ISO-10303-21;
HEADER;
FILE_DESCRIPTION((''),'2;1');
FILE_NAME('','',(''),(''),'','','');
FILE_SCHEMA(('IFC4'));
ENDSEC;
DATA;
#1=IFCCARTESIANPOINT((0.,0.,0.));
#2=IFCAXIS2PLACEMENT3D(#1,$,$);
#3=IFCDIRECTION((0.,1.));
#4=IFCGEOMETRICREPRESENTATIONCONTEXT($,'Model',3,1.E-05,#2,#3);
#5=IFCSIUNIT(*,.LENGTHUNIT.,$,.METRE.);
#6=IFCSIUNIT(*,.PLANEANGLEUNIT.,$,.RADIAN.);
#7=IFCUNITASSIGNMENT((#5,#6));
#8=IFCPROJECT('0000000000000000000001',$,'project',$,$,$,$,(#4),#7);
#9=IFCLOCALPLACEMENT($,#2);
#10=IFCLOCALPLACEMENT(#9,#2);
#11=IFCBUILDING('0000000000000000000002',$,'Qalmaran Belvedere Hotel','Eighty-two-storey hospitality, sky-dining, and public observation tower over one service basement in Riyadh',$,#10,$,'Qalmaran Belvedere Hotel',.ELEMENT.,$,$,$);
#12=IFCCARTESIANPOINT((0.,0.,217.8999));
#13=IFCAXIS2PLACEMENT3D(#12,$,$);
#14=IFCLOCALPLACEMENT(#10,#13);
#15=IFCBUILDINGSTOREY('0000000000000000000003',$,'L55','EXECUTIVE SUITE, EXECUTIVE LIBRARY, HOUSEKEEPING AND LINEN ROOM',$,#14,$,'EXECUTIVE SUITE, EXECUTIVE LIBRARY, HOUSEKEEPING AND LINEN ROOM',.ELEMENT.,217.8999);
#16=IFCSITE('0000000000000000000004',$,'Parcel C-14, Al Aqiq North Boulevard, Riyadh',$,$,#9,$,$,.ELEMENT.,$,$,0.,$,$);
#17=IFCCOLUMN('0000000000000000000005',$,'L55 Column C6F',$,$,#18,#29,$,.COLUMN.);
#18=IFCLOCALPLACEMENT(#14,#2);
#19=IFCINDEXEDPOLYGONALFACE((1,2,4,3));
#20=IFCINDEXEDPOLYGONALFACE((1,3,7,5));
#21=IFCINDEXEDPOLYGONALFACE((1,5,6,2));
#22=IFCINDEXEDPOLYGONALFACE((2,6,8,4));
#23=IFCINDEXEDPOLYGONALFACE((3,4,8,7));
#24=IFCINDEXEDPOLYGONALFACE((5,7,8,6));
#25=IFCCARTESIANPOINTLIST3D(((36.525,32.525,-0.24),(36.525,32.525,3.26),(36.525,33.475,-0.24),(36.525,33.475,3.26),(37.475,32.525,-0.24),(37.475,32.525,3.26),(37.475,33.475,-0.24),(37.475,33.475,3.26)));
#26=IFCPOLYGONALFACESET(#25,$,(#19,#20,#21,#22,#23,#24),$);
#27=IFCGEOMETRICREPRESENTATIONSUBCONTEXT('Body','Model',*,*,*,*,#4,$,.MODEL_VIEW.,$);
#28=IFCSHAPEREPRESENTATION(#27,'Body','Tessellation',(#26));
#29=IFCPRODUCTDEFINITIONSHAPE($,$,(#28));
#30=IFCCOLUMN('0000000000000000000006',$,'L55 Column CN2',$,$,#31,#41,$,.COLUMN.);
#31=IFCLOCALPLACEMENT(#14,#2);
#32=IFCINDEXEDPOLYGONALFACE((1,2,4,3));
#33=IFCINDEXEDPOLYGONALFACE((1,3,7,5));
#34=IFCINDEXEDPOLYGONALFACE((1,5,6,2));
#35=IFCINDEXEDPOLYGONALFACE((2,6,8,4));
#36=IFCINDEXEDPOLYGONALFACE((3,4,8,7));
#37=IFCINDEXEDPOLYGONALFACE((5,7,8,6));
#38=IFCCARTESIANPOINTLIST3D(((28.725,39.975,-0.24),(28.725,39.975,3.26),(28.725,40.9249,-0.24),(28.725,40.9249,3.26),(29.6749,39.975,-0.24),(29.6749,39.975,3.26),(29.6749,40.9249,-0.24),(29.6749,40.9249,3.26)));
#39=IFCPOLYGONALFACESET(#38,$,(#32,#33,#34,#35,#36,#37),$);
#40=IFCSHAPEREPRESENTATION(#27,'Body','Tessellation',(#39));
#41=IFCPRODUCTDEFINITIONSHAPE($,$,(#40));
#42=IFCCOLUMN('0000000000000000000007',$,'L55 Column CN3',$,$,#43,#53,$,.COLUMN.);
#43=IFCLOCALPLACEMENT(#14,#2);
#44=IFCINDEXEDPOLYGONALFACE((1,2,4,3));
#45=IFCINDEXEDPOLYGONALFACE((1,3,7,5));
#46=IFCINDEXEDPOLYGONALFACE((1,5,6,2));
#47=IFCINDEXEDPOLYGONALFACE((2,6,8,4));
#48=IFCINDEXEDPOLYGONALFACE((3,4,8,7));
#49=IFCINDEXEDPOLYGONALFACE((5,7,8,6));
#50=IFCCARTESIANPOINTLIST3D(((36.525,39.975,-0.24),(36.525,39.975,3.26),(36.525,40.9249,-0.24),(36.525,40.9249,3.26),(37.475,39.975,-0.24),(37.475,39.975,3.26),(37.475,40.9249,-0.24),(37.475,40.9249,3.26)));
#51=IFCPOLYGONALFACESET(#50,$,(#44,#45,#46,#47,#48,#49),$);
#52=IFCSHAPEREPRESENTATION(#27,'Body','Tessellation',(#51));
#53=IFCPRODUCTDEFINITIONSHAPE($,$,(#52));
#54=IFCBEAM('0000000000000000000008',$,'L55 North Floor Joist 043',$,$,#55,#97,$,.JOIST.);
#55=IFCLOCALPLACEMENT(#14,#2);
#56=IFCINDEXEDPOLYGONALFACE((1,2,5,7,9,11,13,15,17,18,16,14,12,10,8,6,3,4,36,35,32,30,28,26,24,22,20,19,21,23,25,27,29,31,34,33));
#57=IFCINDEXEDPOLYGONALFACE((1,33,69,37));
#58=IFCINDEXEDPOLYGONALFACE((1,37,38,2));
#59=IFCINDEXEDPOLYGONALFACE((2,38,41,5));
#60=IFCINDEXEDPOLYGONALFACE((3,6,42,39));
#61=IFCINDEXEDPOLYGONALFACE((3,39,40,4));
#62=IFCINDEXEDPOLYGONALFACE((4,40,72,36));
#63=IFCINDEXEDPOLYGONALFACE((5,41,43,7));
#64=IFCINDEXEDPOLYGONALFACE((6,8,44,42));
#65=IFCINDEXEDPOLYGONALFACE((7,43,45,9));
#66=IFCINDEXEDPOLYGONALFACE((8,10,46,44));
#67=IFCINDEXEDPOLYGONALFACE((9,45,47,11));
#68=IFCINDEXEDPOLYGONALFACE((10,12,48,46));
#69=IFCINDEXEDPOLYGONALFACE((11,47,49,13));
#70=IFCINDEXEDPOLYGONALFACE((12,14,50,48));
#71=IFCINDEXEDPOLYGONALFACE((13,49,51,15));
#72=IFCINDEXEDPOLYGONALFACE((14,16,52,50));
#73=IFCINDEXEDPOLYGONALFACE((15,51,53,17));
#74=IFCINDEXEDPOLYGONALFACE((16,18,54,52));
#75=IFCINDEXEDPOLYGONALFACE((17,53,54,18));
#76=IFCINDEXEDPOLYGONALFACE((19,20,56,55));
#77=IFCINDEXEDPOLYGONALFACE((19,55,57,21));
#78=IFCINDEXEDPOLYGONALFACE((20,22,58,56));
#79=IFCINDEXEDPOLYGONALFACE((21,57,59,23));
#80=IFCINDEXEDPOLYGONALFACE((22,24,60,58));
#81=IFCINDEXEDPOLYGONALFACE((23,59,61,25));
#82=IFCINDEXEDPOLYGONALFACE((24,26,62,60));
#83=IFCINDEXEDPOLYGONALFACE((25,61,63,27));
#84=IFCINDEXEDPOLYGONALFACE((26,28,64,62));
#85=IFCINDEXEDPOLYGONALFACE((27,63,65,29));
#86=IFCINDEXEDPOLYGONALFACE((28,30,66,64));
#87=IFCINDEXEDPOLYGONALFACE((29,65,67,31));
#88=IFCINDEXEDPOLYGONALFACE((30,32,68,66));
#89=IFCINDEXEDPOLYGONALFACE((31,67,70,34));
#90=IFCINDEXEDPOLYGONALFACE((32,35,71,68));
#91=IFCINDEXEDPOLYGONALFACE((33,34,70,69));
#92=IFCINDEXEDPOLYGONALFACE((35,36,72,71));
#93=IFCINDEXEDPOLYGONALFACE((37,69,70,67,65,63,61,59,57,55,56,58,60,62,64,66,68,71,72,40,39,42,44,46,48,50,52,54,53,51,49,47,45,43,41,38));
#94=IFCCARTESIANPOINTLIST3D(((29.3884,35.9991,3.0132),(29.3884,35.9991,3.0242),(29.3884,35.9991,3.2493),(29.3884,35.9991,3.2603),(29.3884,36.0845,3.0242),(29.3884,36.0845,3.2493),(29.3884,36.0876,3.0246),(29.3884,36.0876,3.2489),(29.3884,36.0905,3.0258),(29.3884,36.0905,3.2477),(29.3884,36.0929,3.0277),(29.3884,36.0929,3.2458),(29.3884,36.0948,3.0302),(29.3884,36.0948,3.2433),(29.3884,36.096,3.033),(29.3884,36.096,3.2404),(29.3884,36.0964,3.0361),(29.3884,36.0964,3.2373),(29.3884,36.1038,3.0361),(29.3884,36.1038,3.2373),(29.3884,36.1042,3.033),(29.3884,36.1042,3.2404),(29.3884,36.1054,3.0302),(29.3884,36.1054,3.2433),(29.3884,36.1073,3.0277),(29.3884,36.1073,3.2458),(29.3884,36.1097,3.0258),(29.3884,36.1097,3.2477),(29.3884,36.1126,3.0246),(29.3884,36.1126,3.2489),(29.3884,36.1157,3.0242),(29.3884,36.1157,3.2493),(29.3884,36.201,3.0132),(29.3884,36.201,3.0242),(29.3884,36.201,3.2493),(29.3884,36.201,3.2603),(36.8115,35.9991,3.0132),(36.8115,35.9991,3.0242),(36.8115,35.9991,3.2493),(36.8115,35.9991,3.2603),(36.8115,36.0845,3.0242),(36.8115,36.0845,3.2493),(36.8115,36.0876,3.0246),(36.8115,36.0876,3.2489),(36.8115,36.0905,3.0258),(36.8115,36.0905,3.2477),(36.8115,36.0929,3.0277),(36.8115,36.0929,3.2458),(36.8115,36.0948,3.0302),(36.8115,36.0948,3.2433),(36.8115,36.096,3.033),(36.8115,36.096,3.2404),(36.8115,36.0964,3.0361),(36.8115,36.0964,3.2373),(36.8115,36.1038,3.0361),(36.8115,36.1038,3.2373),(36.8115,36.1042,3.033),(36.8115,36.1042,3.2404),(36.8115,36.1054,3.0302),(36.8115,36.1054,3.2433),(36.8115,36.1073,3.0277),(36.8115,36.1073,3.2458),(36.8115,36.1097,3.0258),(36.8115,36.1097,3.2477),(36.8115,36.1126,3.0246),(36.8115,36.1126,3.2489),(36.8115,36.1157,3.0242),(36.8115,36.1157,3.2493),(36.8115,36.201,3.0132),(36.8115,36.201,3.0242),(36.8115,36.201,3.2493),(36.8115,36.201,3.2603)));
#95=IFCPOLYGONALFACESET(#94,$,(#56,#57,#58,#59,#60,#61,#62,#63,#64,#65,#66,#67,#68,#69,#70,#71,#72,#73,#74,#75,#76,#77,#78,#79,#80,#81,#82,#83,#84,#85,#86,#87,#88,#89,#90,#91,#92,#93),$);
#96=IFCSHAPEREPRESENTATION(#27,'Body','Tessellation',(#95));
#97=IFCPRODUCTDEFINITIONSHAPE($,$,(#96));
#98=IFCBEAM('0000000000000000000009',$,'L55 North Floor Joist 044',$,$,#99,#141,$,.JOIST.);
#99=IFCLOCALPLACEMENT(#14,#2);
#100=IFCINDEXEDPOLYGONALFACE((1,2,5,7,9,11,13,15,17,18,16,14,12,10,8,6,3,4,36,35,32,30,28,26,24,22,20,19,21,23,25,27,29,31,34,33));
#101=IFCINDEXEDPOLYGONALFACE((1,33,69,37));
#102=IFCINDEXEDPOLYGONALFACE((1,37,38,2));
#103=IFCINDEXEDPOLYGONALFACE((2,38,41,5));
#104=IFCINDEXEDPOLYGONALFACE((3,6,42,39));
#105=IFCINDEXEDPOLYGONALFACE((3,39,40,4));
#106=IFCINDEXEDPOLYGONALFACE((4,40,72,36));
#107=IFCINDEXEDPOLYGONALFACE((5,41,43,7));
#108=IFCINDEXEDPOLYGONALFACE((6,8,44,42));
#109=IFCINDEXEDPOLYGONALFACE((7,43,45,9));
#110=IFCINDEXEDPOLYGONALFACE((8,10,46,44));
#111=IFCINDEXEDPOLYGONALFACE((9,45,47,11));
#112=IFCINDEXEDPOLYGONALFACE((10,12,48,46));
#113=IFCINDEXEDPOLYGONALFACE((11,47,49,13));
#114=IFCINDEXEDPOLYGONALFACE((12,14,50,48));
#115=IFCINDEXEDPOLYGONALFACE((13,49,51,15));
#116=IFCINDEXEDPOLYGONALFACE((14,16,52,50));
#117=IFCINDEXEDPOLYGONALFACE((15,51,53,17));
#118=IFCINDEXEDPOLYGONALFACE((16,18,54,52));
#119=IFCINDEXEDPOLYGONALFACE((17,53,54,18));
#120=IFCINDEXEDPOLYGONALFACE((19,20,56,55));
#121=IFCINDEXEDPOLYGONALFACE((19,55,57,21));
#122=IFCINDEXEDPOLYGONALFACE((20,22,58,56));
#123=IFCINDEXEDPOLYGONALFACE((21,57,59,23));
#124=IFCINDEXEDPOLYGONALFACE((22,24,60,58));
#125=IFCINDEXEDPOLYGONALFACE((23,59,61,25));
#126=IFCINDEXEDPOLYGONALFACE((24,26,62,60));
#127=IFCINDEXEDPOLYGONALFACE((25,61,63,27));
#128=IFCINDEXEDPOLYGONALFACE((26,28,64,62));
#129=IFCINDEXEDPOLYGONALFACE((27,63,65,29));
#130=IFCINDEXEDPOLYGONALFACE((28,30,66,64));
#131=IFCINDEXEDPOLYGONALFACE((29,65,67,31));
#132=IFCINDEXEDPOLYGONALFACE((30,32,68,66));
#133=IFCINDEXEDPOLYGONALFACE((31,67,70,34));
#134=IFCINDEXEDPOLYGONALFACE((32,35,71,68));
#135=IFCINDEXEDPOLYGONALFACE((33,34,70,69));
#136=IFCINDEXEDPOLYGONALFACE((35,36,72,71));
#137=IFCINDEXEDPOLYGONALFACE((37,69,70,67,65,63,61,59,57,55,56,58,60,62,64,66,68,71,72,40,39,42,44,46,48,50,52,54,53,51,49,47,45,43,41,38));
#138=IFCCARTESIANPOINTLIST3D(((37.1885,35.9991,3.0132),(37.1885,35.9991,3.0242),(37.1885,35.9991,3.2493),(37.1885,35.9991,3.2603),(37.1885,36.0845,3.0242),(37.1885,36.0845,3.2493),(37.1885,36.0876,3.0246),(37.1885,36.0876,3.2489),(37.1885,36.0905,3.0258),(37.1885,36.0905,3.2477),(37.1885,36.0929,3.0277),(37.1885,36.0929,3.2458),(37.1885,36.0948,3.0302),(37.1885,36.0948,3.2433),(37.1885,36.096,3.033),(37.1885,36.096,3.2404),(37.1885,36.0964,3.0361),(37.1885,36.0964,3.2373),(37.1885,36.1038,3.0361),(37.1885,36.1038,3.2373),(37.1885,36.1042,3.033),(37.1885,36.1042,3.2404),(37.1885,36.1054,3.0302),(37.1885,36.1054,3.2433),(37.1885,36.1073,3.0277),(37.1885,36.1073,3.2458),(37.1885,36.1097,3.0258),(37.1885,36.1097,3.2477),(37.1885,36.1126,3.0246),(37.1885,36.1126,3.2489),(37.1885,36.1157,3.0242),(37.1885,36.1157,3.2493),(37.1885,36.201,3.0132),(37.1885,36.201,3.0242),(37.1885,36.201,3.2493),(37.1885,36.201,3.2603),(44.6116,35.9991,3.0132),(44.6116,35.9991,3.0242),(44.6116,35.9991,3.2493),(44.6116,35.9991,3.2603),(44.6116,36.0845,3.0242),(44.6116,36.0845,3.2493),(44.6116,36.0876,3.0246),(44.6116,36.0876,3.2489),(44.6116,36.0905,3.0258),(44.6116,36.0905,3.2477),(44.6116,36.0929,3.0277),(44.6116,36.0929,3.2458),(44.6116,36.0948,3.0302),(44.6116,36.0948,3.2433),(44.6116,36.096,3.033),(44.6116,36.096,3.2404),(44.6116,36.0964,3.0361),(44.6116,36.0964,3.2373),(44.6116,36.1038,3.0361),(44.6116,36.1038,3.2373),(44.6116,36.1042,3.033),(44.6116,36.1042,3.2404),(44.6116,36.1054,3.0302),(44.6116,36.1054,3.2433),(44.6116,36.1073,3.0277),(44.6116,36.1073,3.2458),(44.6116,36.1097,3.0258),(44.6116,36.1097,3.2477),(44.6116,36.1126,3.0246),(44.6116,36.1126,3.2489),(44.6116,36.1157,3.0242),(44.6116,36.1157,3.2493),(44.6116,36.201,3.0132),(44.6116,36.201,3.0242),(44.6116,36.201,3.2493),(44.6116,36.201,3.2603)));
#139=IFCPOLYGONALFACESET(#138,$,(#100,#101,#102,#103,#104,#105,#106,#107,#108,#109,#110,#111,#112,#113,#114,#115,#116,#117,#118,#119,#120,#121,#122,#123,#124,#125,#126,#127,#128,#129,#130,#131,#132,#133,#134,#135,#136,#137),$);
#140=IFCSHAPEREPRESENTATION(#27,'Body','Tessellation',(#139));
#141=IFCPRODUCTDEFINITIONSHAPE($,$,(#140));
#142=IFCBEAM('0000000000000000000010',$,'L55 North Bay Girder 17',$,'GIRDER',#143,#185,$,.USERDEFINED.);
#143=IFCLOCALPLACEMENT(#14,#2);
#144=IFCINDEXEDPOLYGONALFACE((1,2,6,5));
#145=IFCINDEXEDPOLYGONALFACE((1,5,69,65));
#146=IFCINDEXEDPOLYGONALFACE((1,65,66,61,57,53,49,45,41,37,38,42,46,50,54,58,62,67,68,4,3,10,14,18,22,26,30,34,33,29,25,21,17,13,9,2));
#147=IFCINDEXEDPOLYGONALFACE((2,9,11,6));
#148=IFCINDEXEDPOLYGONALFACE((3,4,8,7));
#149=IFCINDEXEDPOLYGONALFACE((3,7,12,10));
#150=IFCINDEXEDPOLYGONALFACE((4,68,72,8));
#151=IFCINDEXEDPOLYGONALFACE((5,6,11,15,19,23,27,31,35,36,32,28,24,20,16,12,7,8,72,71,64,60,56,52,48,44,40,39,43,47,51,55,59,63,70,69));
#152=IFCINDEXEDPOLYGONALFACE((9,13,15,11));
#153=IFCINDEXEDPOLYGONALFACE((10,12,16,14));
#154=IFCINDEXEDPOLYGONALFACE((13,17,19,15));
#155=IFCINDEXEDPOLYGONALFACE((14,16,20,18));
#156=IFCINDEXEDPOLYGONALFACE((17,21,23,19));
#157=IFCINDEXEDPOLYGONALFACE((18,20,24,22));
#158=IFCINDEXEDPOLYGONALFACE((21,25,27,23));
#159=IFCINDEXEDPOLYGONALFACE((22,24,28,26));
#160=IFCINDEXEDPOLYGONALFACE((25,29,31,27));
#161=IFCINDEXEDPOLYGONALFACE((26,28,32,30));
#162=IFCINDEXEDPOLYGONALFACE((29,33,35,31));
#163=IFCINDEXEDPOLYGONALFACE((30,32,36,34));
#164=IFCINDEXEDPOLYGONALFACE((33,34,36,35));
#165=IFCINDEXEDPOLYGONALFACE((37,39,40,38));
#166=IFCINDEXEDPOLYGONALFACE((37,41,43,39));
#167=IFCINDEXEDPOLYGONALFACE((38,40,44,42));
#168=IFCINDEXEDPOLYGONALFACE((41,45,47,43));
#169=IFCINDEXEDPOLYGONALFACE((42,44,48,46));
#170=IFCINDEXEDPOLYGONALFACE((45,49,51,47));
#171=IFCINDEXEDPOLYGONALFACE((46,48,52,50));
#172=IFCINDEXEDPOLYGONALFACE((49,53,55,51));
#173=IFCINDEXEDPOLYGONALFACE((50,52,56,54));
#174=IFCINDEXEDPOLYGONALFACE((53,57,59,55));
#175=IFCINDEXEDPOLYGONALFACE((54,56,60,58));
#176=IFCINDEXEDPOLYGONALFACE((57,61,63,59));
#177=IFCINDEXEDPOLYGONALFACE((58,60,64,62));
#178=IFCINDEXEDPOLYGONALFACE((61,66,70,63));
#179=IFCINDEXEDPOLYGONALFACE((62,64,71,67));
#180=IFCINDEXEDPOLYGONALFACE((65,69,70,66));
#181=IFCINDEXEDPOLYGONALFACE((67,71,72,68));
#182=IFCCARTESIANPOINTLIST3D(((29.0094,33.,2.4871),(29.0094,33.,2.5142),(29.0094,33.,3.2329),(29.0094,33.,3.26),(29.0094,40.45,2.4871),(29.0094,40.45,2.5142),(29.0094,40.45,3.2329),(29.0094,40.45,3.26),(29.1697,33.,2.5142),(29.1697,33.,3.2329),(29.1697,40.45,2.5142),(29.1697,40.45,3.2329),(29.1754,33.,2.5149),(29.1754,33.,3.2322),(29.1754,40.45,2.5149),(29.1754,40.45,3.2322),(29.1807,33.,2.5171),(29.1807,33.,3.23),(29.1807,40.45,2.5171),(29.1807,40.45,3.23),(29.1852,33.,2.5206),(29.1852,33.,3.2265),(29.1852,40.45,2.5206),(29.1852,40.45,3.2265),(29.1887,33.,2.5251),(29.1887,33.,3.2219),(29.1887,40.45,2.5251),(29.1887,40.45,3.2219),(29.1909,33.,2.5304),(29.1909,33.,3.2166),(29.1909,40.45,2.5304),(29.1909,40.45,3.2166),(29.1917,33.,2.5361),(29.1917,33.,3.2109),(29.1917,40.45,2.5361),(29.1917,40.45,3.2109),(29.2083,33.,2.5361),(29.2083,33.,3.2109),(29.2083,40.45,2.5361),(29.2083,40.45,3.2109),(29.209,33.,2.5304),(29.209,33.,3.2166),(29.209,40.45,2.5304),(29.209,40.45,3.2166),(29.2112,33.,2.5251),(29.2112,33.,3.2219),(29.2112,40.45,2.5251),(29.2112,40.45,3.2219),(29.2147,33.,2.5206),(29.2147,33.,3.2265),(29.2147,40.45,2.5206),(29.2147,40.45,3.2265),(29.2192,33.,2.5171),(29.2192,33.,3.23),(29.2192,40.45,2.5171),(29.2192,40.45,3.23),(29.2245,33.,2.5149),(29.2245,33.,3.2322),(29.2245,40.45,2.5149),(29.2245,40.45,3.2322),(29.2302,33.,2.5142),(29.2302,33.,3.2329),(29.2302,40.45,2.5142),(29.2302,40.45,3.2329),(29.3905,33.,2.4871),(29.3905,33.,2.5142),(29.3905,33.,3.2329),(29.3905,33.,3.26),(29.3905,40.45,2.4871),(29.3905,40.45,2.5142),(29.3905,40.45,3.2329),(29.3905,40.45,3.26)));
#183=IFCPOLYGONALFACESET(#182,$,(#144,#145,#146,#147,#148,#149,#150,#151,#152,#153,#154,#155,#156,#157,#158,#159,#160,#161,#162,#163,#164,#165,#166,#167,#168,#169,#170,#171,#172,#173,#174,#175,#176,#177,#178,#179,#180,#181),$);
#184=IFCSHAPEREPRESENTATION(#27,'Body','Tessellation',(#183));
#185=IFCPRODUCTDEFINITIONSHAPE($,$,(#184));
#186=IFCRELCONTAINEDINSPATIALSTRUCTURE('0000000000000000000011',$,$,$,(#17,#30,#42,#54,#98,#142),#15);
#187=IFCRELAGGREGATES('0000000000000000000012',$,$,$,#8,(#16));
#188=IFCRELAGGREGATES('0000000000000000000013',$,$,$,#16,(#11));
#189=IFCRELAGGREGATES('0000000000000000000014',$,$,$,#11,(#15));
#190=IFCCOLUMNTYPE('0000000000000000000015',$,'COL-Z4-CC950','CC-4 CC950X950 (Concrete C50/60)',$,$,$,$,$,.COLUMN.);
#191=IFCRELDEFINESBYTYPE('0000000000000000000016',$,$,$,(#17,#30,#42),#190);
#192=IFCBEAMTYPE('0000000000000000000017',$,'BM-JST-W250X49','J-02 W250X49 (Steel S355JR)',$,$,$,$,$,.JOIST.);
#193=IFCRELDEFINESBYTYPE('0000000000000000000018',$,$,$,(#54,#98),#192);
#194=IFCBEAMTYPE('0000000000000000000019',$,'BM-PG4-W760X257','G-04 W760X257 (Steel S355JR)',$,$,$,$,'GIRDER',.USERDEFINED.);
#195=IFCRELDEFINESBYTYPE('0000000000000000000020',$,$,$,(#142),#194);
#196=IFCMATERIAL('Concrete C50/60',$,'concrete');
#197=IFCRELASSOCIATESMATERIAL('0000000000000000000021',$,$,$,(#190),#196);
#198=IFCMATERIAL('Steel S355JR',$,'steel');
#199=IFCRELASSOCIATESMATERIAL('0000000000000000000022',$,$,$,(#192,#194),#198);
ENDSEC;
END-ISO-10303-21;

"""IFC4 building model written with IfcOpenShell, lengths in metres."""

from ifc_helpers import new_model, si_unit, direction, frame, origin, origin_2d, place, context, subcontext, project, spatial, rectangle, i_section, extrude, material, material_profile, profile_set, type_object, element, save


model = new_model("IFC4")

# Units and contexts
model_context = context("Model", 3, precision=1e-05, world=origin(), true_north=direction((0.0, 1.0)))
body_context = subcontext(model_context, "Body", "Model", "MODEL_VIEW")
ifc_project = project(units=[si_unit("LENGTHUNIT", "METRE"), si_unit("PLANEANGLEUNIT", "RADIAN")], contexts=[model_context])

# Site, building, storey
site_placement = place(None, origin())
site = spatial("IfcSite", under=ifc_project, at=site_placement, Name="Parcel C-14, Al Aqiq North Boulevard, Riyadh", CompositionType="ELEMENT", RefElevation=0.0)
building_placement = place(site_placement, origin())
building = spatial("IfcBuilding", under=site, at=building_placement, Name="Qalmaran Belvedere Hotel", Description="Eighty-two-storey hospitality, sky-dining, and public observation tower over one service basement in Riyadh", LongName="Qalmaran Belvedere Hotel", CompositionType="ELEMENT")
storey_placement = place(building_placement, frame((0.0, 0.0, 217.8999)))
storey = spatial("IfcBuildingStorey", under=building, at=storey_placement, Name="L55", Description="EXECUTIVE SUITE, EXECUTIVE LIBRARY, HOUSEKEEPING AND LINEN ROOM", LongName="EXECUTIVE SUITE, EXECUTIVE LIBRARY, HOUSEKEEPING AND LINEN ROOM", CompositionType="ELEMENT", Elevation=217.8999)

# Columns
ifc_material_1 = material(Name="Concrete C50/60", Category="concrete")
ifc_material_profile_1 = material_profile(ifc_material_1, rectangle(XDim=0.95, YDim=0.95, at=origin_2d()), Name="CC950X950")
ifc_profile_set_1 = profile_set([ifc_material_profile_1], Name="Concrete C50/60")
column_type = type_object("IfcColumnType", Name="COL-Z4-CC950", Description="CC-4 CC950X950 (Concrete C50/60)", PredefinedType="COLUMN", material=ifc_profile_set_1)
for number, where, z_axis, x_axis, name in (
    (1, (37.0, 33.0, -0.24), (0.0, 0.0, 1.0), (1.0, 0.0, 0.0), "L55 Column C6F"),
    (2, (29.2, 40.45, -0.24), (0.0, 0.0, 1.0), (1.0, 0.0, 0.0), "L55 Column CN2"),
    (3, (37.0, 40.45, -0.24), (0.0, 0.0, 1.0), (1.0, 0.0, 0.0), "L55 Column CN3"),
):
    element("IfcColumn", number, at=place(storey_placement, frame(where, z_axis=z_axis, x_axis=x_axis)), inside=storey, type_object=column_type, Name=name, PredefinedType="COLUMN", context=body_context, shape_type="SweptSolid", body=[
        extrude(rectangle(XDim=0.95, YDim=0.95, at=origin_2d()), origin(), (0.0, 0.0, 1.0), 3.5),
    ])

# Beams
ifc_material_2 = material(Name="Steel S355JR", Category="steel")
ifc_material_profile_2 = material_profile(ifc_material_2, i_section(OverallWidth=0.2019, OverallDepth=0.2471, WebThickness=0.0073, FlangeThickness=0.011, FilletRadius=0.012, at=origin_2d()), Name="W250X49")
ifc_profile_set_2 = profile_set([ifc_material_profile_2], Name="Steel S355JR")
beam_type_1 = type_object("IfcBeamType", Name="BM-JST-W250X49", Description="J-02 W250X49 (Steel S355JR)", PredefinedType="JOIST", material=ifc_profile_set_2)
for number, where, z_axis, x_axis, name in (
    (4, (29.3884, 36.1001, 3.1367), (1.0, 0.0, 0.0), (0.0, 1.0, 0.0), "L55 North Floor Joist 043"),
    (5, (37.1885, 36.1001, 3.1367), (1.0, 0.0, 0.0), (0.0, 1.0, 0.0), "L55 North Floor Joist 044"),
):
    element("IfcBeam", number, at=place(storey_placement, frame(where, z_axis=z_axis, x_axis=x_axis)), inside=storey, type_object=beam_type_1, Name=name, PredefinedType="JOIST", context=body_context, shape_type="SweptSolid", body=[
        extrude(i_section(OverallWidth=0.2019, OverallDepth=0.2471, WebThickness=0.0073, FlangeThickness=0.011, FilletRadius=0.012, at=origin_2d()), origin(), (0.0, 0.0, 1.0), 7.4231),
    ])
ifc_material_profile_3 = material_profile(ifc_material_2, i_section(OverallWidth=0.3811, OverallDepth=0.7729, WebThickness=0.0166, FlangeThickness=0.0271, FilletRadius=0.022, at=origin_2d()), Name="W760X257")
ifc_profile_set_3 = profile_set([ifc_material_profile_3], Name="Steel S355JR")
beam_type_2 = type_object("IfcBeamType", Name="BM-PG4-W760X257", Description="G-04 W760X257 (Steel S355JR)", ElementType="GIRDER", PredefinedType="USERDEFINED", material=ifc_profile_set_3)
for number, where, z_axis, x_axis, name in (
    (6, (29.2, 33.0, 2.8735), (0.0, 1.0, 0.0), (-1.0, 0.0, 0.0), "L55 North Bay Girder 17"),
):
    element("IfcBeam", number, at=place(storey_placement, frame(where, z_axis=z_axis, x_axis=x_axis)), inside=storey, type_object=beam_type_2, Name=name, ObjectType="GIRDER", PredefinedType="USERDEFINED", context=body_context, shape_type="SweptSolid", body=[
        extrude(i_section(OverallWidth=0.3811, OverallDepth=0.7729, WebThickness=0.0166, FlangeThickness=0.0271, FilletRadius=0.022, at=origin_2d()), origin(), (0.0, 0.0, 1.0), 7.45),
    ])

save(model, "model.ifc")
